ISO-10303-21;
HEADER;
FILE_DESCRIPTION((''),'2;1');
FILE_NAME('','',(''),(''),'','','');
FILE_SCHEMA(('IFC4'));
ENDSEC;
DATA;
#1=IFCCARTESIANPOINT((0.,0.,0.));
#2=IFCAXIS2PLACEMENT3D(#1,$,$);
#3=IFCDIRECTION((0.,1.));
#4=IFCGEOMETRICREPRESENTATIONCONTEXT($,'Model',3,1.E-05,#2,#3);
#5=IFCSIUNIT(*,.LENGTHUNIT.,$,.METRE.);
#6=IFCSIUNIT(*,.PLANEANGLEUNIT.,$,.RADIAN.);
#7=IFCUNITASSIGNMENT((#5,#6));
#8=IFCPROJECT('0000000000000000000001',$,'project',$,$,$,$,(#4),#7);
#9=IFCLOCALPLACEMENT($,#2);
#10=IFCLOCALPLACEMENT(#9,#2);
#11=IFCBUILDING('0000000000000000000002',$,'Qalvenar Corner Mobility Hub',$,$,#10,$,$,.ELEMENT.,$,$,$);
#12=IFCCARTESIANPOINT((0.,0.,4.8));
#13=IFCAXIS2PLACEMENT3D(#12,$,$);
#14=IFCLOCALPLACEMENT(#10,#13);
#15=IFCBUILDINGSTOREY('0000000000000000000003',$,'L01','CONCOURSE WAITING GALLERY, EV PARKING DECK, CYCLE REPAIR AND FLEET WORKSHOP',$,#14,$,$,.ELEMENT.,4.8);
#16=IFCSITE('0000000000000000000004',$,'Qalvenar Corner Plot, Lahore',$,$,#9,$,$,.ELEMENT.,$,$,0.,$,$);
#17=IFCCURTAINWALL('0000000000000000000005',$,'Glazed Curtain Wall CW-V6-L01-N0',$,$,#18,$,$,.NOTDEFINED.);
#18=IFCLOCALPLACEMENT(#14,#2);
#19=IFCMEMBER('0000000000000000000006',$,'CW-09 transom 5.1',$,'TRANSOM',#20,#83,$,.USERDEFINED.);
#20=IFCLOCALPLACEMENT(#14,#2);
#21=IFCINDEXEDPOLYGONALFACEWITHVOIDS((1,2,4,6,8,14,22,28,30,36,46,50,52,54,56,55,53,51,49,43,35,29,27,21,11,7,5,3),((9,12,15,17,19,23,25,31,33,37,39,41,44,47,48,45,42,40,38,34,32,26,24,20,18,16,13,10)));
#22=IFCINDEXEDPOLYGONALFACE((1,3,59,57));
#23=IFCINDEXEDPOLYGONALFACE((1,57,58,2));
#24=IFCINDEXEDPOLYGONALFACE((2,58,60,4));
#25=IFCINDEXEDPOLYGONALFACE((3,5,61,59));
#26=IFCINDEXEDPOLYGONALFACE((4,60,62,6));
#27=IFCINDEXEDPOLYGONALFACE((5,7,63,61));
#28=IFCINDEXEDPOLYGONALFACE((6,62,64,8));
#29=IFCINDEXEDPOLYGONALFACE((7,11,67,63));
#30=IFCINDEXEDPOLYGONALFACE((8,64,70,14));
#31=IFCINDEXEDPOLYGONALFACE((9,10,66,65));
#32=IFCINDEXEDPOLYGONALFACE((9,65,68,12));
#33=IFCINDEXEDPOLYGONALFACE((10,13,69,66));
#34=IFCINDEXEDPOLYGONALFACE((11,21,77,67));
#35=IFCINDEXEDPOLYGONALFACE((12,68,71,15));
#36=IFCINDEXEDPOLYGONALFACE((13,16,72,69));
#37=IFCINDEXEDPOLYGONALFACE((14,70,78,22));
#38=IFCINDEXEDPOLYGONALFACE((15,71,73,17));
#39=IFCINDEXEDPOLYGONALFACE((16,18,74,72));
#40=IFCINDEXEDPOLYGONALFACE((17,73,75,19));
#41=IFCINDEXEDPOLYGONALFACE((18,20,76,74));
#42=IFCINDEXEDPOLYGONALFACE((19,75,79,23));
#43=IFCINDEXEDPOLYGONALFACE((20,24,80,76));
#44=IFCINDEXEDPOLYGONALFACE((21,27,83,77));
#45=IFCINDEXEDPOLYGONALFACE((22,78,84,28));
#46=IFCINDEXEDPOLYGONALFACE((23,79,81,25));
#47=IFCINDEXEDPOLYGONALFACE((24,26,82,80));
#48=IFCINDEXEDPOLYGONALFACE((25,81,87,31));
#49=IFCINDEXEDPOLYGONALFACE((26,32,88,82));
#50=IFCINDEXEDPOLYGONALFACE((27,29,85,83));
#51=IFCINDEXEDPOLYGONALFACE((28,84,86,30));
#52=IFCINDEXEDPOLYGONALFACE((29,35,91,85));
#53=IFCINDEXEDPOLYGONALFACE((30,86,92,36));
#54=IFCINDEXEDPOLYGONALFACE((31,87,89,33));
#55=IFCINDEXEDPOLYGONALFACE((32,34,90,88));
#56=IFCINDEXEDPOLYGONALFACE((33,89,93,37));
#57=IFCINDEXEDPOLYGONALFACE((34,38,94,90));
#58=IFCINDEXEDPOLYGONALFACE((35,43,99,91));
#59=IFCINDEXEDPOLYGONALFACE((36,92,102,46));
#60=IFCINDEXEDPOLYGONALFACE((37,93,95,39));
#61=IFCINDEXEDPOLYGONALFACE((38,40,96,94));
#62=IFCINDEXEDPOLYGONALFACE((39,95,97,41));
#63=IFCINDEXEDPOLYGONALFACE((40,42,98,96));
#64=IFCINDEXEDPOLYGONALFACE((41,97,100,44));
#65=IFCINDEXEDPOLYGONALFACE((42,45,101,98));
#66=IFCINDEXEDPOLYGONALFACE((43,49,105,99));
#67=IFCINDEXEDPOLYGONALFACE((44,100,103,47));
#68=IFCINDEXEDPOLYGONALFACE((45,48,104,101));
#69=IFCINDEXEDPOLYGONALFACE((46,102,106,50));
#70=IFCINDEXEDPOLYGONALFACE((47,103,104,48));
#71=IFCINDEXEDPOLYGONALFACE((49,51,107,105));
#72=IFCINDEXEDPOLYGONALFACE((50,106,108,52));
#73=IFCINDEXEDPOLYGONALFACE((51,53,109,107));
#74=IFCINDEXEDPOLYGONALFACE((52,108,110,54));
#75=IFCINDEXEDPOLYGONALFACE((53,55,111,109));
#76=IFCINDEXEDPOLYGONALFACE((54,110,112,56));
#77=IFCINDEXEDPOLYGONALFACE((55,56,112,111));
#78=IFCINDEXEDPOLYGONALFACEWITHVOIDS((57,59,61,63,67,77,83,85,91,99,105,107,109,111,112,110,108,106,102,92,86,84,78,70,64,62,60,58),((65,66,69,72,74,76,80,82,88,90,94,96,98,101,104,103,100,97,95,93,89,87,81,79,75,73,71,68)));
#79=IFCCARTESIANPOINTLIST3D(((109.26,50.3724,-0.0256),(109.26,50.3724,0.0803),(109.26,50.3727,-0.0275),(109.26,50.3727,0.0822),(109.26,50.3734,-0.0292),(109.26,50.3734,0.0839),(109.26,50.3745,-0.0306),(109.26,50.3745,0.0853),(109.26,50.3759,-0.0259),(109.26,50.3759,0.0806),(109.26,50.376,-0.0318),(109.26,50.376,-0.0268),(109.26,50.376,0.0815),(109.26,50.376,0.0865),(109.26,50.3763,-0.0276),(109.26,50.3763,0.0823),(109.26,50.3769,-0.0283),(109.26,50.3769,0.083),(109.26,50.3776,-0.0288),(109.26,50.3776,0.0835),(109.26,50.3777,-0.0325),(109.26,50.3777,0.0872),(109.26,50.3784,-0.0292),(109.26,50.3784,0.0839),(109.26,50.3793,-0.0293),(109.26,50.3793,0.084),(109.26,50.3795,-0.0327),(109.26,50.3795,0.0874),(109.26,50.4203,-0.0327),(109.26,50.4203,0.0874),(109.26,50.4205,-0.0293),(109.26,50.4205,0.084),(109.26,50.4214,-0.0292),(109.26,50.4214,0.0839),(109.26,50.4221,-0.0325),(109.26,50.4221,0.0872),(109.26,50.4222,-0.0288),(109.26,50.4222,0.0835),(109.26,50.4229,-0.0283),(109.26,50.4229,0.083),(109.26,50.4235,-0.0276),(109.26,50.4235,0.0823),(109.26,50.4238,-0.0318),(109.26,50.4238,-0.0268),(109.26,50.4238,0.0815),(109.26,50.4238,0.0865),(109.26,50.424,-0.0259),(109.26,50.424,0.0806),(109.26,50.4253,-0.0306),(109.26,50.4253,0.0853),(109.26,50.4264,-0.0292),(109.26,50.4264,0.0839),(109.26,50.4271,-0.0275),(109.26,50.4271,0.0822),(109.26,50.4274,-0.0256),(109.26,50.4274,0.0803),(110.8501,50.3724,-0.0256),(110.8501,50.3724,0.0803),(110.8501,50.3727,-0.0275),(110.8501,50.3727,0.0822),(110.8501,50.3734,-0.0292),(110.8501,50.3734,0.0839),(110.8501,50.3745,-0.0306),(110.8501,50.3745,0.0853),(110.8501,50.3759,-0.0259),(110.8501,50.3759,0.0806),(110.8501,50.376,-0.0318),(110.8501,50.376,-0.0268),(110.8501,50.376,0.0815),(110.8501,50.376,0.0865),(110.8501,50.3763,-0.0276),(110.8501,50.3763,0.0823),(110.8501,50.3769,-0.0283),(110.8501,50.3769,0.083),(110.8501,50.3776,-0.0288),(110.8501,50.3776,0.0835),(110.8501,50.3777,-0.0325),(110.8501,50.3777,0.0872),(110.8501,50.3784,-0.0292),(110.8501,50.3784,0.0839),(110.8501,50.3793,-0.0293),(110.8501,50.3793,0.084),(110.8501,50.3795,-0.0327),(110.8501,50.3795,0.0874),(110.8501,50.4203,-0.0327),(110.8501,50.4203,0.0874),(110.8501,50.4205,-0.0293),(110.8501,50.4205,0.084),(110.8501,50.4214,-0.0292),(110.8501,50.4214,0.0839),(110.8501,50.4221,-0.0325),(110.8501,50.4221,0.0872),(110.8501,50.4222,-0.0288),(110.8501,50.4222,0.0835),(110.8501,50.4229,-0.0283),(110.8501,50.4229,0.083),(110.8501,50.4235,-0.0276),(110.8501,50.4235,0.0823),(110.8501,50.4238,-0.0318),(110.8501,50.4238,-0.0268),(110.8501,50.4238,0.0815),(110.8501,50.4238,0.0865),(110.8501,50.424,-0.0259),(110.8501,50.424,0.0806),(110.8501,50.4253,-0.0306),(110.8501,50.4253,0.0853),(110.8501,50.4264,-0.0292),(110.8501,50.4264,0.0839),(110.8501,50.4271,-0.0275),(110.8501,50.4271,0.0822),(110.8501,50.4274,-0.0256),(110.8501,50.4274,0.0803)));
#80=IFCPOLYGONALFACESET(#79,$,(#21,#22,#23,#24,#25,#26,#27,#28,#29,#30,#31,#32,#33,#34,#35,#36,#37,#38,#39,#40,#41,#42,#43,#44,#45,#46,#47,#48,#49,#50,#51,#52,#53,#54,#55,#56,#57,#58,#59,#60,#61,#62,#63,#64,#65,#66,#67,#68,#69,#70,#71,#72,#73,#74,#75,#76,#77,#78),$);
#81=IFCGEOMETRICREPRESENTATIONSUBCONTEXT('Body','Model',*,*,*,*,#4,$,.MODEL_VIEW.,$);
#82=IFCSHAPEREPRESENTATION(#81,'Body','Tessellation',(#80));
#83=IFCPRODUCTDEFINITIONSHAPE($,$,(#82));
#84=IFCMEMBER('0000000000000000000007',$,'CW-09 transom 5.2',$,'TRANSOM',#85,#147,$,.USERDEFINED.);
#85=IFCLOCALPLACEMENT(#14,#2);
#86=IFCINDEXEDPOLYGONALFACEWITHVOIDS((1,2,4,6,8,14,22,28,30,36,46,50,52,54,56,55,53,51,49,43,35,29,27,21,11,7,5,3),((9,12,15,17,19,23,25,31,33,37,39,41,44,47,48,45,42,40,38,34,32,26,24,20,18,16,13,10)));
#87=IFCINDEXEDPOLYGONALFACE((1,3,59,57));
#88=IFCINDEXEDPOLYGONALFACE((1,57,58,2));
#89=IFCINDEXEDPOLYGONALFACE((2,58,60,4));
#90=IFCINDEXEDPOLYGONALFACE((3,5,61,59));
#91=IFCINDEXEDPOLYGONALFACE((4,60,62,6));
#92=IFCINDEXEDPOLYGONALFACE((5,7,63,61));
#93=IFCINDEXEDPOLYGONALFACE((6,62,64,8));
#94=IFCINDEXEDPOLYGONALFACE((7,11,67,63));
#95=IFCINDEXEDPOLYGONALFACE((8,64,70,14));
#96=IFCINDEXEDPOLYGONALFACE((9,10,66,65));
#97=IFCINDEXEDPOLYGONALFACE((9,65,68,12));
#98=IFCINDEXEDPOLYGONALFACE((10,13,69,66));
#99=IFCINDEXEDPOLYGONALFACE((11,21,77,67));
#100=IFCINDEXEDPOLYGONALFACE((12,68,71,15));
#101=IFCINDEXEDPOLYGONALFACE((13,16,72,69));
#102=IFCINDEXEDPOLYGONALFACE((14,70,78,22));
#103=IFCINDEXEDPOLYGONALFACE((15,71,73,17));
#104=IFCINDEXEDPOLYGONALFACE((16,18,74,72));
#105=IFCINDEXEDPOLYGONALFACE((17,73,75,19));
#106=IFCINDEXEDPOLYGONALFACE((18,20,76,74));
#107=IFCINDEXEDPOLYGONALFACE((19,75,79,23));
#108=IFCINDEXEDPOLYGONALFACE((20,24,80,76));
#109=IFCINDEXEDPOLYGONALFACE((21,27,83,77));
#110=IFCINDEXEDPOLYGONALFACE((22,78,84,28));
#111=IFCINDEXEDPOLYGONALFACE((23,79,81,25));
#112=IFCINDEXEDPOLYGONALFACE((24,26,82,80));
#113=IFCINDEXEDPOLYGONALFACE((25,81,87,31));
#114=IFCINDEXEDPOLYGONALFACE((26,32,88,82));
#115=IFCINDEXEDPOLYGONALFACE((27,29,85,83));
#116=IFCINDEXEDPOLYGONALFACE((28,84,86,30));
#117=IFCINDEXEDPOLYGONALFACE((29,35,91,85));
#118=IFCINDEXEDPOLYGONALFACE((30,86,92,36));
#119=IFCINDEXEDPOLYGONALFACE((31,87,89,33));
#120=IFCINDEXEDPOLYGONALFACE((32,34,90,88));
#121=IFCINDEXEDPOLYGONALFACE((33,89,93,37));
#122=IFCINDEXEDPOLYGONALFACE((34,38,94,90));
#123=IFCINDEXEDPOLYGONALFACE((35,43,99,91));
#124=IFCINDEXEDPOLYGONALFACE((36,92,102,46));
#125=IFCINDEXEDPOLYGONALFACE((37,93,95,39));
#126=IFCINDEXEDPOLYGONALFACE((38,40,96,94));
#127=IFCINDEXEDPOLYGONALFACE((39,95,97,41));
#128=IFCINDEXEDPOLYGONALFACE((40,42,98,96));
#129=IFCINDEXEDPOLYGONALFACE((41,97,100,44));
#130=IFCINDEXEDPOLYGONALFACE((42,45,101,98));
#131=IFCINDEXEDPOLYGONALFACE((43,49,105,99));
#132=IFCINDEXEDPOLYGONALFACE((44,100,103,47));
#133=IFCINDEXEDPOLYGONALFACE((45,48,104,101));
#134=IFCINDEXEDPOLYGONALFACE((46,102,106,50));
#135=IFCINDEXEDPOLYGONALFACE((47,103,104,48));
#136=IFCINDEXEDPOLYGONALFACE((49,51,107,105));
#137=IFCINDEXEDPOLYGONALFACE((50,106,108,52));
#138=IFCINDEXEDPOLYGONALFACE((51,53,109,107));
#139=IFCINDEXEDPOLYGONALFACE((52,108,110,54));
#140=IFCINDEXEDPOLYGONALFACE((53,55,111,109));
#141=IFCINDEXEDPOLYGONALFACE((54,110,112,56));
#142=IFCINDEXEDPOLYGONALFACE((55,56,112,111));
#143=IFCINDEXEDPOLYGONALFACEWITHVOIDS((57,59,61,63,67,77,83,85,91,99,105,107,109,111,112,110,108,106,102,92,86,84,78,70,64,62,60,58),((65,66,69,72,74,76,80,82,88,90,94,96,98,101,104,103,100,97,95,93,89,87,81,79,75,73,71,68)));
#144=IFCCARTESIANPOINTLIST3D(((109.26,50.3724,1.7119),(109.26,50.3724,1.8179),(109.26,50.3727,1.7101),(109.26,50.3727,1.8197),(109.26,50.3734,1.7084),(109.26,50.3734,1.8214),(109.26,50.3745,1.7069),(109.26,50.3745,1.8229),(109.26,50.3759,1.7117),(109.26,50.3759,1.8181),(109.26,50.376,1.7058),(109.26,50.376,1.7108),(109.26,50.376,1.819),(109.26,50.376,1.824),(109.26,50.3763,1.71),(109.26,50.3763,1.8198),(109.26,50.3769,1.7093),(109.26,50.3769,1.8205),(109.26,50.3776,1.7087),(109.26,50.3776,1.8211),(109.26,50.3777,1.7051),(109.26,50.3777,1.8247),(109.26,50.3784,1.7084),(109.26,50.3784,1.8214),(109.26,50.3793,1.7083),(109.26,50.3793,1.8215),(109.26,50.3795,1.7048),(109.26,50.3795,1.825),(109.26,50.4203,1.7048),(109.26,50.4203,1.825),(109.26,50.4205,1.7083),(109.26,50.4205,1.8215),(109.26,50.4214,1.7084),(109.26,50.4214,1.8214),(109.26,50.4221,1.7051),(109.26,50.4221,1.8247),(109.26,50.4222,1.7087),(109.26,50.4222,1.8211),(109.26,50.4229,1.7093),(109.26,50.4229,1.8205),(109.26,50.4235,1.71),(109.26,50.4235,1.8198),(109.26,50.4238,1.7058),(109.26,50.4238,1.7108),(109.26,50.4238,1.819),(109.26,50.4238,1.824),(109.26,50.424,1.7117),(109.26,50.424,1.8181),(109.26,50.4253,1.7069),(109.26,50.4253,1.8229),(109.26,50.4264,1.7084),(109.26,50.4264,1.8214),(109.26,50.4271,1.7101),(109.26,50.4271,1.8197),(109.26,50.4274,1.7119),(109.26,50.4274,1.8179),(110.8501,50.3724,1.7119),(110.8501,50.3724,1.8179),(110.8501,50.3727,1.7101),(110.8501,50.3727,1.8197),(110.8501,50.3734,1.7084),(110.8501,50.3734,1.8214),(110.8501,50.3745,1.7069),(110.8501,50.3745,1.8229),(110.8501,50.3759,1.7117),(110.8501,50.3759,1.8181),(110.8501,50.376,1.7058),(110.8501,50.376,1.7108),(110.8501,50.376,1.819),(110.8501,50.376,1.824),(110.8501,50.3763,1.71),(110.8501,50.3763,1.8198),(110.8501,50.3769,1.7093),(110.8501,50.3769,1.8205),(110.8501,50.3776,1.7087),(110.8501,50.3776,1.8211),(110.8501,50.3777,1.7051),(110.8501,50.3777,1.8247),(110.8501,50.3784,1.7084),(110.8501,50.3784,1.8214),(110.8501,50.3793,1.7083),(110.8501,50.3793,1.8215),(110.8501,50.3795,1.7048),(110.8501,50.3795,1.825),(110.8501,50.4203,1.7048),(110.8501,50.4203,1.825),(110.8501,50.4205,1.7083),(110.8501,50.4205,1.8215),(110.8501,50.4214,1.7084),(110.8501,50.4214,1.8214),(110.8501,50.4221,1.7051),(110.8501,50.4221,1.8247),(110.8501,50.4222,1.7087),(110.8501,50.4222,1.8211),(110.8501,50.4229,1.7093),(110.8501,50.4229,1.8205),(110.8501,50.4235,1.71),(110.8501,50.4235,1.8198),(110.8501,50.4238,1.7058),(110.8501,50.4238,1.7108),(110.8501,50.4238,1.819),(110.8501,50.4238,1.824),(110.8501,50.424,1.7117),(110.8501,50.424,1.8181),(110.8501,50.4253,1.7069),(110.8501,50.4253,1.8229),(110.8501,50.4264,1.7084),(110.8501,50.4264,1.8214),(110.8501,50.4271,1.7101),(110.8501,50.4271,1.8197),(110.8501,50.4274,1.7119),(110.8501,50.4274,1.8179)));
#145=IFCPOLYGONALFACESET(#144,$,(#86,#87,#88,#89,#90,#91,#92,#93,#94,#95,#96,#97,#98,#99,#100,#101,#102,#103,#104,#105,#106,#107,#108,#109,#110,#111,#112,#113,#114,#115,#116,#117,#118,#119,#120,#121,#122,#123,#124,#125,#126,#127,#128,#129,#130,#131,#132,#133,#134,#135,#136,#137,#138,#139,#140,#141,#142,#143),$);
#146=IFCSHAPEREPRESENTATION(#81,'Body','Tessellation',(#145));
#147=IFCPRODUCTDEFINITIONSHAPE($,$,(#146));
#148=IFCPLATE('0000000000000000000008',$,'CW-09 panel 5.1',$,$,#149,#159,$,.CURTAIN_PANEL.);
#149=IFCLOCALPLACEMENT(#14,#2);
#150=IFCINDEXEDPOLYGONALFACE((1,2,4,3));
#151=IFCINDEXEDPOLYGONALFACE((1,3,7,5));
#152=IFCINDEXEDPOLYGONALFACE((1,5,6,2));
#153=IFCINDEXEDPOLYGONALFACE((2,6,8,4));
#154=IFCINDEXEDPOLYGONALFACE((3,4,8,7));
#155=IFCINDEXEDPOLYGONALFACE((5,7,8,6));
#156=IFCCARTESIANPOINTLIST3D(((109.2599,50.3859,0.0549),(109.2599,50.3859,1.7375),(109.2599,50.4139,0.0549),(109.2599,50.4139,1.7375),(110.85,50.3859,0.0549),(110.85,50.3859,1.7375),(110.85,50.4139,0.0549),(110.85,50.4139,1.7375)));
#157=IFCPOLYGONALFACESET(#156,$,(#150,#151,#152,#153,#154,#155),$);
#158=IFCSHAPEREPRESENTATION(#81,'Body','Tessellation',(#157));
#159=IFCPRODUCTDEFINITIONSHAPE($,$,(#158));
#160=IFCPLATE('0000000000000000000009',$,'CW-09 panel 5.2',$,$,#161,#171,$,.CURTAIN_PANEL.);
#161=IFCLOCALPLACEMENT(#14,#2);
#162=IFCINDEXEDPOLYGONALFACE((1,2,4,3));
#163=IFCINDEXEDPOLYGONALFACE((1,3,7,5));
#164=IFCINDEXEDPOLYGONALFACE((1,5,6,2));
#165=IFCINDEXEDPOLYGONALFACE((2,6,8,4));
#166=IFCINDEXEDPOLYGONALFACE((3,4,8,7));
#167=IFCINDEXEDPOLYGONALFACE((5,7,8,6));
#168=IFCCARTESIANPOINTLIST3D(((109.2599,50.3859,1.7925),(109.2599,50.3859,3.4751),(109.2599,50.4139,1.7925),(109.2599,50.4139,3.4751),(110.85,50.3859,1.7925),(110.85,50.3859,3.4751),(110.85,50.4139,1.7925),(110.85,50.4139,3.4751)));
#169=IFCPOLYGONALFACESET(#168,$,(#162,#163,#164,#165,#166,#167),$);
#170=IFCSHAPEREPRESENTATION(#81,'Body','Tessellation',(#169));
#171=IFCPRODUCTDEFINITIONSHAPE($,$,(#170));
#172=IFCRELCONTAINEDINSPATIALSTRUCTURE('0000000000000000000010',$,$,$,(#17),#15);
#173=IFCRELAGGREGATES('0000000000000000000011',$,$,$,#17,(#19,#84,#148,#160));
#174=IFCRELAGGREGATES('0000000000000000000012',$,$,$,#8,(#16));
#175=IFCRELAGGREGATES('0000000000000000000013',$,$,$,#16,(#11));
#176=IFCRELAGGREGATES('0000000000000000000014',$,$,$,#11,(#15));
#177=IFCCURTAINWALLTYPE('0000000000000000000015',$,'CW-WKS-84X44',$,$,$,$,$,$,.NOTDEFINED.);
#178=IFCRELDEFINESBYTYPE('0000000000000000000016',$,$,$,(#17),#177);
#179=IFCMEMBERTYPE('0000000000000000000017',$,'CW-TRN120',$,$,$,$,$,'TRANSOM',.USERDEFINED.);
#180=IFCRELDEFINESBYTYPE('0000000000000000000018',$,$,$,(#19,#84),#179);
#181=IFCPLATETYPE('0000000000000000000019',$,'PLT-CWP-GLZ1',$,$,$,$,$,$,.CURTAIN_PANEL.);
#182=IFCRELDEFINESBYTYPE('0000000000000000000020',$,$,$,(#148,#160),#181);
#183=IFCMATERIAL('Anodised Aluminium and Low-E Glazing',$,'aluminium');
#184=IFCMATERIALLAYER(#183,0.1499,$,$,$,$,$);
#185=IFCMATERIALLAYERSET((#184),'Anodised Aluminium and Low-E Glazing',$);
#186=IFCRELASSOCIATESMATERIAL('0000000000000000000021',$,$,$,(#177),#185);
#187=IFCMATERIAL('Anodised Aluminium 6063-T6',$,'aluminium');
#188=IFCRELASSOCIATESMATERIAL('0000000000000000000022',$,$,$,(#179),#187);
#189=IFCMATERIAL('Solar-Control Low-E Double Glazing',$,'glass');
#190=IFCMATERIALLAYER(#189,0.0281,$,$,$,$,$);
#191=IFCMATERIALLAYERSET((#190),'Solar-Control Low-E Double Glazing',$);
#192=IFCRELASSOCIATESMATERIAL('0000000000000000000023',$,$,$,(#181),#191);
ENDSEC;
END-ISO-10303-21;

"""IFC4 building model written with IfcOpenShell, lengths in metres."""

from ifc_helpers import new_model, si_unit, direction, frame, origin, origin_2d, place, context, subcontext, project, spatial, rectangle, hollow_rectangle, extrude, material, layer, layer_set, material_profile, profile_set, type_object, element, aggregate, save


model = new_model("IFC4")

# Units and contexts
model_context = context("Model", 3, precision=1e-05, world=origin(), true_north=direction((0.0, 1.0)))
body_context = subcontext(model_context, "Body", "Model", "MODEL_VIEW")
ifc_project = project(units=[si_unit("LENGTHUNIT", "METRE"), si_unit("PLANEANGLEUNIT", "RADIAN")], contexts=[model_context])

# Site, building, storey
site_placement = place(None, origin())
site = spatial("IfcSite", under=ifc_project, at=site_placement, Name="Qalvenar Corner Plot, Lahore", CompositionType="ELEMENT", RefElevation=0.0)
building_placement = place(site_placement, origin())
building = spatial("IfcBuilding", under=site, at=building_placement, Name="Qalvenar Corner Mobility Hub", CompositionType="ELEMENT")
storey_placement = place(building_placement, frame((0.0, 0.0, 4.8)))
storey = spatial("IfcBuildingStorey", under=building, at=storey_placement, Name="L01", Description="CONCOURSE WAITING GALLERY, EV PARKING DECK, CYCLE REPAIR AND FLEET WORKSHOP", CompositionType="ELEMENT", Elevation=4.8)

# Curtain wall, members, plates
ifc_material_1 = material(Name="Anodised Aluminium and Low-E Glazing", Category="aluminium")
ifc_layer_1 = layer(ifc_material_1, 0.1499)
ifc_layer_set_1 = layer_set([ifc_layer_1], Name="Anodised Aluminium and Low-E Glazing")
curtain_wall_type = type_object("IfcCurtainWallType", Name="CW-WKS-84X44", PredefinedType="NOTDEFINED", material=ifc_layer_set_1)
curtain_wall_placement = place(storey_placement, origin())
curtain_wall = element("IfcCurtainWall", 1, at=curtain_wall_placement, inside=storey, type_object=curtain_wall_type, Name="Glazed Curtain Wall CW-V6-L01-N0", PredefinedType="NOTDEFINED")
ifc_material_2 = material(Name="Anodised Aluminium 6063-T6", Category="aluminium")
ifc_material_profile_1 = material_profile(ifc_material_2, hollow_rectangle(XDim=0.0549, YDim=0.1201, WallThickness=0.0034, InnerFilletRadius=0.0034, OuterFilletRadius=0.0071, at=origin_2d()), Name="RHS120x55x3.5")
ifc_profile_set_1 = profile_set([ifc_material_profile_1], Name="Anodised Aluminium 6063-T6")
member_type = type_object("IfcMemberType", Name="CW-TRN120", ElementType="TRANSOM", PredefinedType="USERDEFINED", material=ifc_profile_set_1)
member_1_placement = place(storey_placement, frame((110.8501, 50.3999, 0.0273), z_axis=(-1.0, 0.0, 0.0), x_axis=(0.0, -1.0, 0.0)))
member_1 = element("IfcMember", 2, at=member_1_placement, type_object=member_type, Name="CW-09 transom 5.1", ObjectType="TRANSOM", PredefinedType="USERDEFINED", context=body_context, shape_type="SweptSolid", body=[
    extrude(hollow_rectangle(XDim=0.0549, YDim=0.1201, WallThickness=0.0034, InnerFilletRadius=0.0034, OuterFilletRadius=0.0071, at=origin_2d()), origin(), (0.0, 0.0, 1.0), 1.5901),
])
member_2_placement = place(storey_placement, frame((110.8501, 50.3999, 1.7649), z_axis=(-1.0, 0.0, 0.0), x_axis=(0.0, -1.0, 0.0)))
member_2 = element("IfcMember", 3, at=member_2_placement, type_object=member_type, Name="CW-09 transom 5.2", ObjectType="TRANSOM", PredefinedType="USERDEFINED", context=body_context, shape_type="SweptSolid", body=[
    extrude(hollow_rectangle(XDim=0.0549, YDim=0.1201, WallThickness=0.0034, InnerFilletRadius=0.0034, OuterFilletRadius=0.0071, at=origin_2d()), origin(), (0.0, 0.0, 1.0), 1.5901),
])
ifc_material_3 = material(Name="Solar-Control Low-E Double Glazing", Category="glass")
ifc_layer_2 = layer(ifc_material_3, 0.0281)
ifc_layer_set_2 = layer_set([ifc_layer_2], Name="Solar-Control Low-E Double Glazing")
plate_type = type_object("IfcPlateType", Name="PLT-CWP-GLZ1", PredefinedType="CURTAIN_PANEL", material=ifc_layer_set_2)
plate_1_placement = place(storey_placement, frame((110.0549, 50.3999, 0.0549), z_axis=(0.0, 0.0, 1.0), x_axis=(-1.0, 0.0, 0.0)))
plate_1 = element("IfcPlate", 4, at=plate_1_placement, type_object=plate_type, Name="CW-09 panel 5.1", PredefinedType="CURTAIN_PANEL", context=body_context, shape_type="SweptSolid", body=[
    extrude(rectangle(XDim=1.5901, YDim=0.0281, at=origin_2d()), origin(), (0.0, 0.0, 1.0), 1.6826),
])
plate_2_placement = place(storey_placement, frame((110.0549, 50.3999, 1.7925), z_axis=(0.0, 0.0, 1.0), x_axis=(-1.0, 0.0, 0.0)))
plate_2 = element("IfcPlate", 5, at=plate_2_placement, type_object=plate_type, Name="CW-09 panel 5.2", PredefinedType="CURTAIN_PANEL", context=body_context, shape_type="SweptSolid", body=[
    extrude(rectangle(XDim=1.5901, YDim=0.0281, at=origin_2d()), origin(), (0.0, 0.0, 1.0), 1.6826),
])
aggregate(curtain_wall, [member_1, member_2, plate_1, plate_2])

save(model, "model.ifc")
